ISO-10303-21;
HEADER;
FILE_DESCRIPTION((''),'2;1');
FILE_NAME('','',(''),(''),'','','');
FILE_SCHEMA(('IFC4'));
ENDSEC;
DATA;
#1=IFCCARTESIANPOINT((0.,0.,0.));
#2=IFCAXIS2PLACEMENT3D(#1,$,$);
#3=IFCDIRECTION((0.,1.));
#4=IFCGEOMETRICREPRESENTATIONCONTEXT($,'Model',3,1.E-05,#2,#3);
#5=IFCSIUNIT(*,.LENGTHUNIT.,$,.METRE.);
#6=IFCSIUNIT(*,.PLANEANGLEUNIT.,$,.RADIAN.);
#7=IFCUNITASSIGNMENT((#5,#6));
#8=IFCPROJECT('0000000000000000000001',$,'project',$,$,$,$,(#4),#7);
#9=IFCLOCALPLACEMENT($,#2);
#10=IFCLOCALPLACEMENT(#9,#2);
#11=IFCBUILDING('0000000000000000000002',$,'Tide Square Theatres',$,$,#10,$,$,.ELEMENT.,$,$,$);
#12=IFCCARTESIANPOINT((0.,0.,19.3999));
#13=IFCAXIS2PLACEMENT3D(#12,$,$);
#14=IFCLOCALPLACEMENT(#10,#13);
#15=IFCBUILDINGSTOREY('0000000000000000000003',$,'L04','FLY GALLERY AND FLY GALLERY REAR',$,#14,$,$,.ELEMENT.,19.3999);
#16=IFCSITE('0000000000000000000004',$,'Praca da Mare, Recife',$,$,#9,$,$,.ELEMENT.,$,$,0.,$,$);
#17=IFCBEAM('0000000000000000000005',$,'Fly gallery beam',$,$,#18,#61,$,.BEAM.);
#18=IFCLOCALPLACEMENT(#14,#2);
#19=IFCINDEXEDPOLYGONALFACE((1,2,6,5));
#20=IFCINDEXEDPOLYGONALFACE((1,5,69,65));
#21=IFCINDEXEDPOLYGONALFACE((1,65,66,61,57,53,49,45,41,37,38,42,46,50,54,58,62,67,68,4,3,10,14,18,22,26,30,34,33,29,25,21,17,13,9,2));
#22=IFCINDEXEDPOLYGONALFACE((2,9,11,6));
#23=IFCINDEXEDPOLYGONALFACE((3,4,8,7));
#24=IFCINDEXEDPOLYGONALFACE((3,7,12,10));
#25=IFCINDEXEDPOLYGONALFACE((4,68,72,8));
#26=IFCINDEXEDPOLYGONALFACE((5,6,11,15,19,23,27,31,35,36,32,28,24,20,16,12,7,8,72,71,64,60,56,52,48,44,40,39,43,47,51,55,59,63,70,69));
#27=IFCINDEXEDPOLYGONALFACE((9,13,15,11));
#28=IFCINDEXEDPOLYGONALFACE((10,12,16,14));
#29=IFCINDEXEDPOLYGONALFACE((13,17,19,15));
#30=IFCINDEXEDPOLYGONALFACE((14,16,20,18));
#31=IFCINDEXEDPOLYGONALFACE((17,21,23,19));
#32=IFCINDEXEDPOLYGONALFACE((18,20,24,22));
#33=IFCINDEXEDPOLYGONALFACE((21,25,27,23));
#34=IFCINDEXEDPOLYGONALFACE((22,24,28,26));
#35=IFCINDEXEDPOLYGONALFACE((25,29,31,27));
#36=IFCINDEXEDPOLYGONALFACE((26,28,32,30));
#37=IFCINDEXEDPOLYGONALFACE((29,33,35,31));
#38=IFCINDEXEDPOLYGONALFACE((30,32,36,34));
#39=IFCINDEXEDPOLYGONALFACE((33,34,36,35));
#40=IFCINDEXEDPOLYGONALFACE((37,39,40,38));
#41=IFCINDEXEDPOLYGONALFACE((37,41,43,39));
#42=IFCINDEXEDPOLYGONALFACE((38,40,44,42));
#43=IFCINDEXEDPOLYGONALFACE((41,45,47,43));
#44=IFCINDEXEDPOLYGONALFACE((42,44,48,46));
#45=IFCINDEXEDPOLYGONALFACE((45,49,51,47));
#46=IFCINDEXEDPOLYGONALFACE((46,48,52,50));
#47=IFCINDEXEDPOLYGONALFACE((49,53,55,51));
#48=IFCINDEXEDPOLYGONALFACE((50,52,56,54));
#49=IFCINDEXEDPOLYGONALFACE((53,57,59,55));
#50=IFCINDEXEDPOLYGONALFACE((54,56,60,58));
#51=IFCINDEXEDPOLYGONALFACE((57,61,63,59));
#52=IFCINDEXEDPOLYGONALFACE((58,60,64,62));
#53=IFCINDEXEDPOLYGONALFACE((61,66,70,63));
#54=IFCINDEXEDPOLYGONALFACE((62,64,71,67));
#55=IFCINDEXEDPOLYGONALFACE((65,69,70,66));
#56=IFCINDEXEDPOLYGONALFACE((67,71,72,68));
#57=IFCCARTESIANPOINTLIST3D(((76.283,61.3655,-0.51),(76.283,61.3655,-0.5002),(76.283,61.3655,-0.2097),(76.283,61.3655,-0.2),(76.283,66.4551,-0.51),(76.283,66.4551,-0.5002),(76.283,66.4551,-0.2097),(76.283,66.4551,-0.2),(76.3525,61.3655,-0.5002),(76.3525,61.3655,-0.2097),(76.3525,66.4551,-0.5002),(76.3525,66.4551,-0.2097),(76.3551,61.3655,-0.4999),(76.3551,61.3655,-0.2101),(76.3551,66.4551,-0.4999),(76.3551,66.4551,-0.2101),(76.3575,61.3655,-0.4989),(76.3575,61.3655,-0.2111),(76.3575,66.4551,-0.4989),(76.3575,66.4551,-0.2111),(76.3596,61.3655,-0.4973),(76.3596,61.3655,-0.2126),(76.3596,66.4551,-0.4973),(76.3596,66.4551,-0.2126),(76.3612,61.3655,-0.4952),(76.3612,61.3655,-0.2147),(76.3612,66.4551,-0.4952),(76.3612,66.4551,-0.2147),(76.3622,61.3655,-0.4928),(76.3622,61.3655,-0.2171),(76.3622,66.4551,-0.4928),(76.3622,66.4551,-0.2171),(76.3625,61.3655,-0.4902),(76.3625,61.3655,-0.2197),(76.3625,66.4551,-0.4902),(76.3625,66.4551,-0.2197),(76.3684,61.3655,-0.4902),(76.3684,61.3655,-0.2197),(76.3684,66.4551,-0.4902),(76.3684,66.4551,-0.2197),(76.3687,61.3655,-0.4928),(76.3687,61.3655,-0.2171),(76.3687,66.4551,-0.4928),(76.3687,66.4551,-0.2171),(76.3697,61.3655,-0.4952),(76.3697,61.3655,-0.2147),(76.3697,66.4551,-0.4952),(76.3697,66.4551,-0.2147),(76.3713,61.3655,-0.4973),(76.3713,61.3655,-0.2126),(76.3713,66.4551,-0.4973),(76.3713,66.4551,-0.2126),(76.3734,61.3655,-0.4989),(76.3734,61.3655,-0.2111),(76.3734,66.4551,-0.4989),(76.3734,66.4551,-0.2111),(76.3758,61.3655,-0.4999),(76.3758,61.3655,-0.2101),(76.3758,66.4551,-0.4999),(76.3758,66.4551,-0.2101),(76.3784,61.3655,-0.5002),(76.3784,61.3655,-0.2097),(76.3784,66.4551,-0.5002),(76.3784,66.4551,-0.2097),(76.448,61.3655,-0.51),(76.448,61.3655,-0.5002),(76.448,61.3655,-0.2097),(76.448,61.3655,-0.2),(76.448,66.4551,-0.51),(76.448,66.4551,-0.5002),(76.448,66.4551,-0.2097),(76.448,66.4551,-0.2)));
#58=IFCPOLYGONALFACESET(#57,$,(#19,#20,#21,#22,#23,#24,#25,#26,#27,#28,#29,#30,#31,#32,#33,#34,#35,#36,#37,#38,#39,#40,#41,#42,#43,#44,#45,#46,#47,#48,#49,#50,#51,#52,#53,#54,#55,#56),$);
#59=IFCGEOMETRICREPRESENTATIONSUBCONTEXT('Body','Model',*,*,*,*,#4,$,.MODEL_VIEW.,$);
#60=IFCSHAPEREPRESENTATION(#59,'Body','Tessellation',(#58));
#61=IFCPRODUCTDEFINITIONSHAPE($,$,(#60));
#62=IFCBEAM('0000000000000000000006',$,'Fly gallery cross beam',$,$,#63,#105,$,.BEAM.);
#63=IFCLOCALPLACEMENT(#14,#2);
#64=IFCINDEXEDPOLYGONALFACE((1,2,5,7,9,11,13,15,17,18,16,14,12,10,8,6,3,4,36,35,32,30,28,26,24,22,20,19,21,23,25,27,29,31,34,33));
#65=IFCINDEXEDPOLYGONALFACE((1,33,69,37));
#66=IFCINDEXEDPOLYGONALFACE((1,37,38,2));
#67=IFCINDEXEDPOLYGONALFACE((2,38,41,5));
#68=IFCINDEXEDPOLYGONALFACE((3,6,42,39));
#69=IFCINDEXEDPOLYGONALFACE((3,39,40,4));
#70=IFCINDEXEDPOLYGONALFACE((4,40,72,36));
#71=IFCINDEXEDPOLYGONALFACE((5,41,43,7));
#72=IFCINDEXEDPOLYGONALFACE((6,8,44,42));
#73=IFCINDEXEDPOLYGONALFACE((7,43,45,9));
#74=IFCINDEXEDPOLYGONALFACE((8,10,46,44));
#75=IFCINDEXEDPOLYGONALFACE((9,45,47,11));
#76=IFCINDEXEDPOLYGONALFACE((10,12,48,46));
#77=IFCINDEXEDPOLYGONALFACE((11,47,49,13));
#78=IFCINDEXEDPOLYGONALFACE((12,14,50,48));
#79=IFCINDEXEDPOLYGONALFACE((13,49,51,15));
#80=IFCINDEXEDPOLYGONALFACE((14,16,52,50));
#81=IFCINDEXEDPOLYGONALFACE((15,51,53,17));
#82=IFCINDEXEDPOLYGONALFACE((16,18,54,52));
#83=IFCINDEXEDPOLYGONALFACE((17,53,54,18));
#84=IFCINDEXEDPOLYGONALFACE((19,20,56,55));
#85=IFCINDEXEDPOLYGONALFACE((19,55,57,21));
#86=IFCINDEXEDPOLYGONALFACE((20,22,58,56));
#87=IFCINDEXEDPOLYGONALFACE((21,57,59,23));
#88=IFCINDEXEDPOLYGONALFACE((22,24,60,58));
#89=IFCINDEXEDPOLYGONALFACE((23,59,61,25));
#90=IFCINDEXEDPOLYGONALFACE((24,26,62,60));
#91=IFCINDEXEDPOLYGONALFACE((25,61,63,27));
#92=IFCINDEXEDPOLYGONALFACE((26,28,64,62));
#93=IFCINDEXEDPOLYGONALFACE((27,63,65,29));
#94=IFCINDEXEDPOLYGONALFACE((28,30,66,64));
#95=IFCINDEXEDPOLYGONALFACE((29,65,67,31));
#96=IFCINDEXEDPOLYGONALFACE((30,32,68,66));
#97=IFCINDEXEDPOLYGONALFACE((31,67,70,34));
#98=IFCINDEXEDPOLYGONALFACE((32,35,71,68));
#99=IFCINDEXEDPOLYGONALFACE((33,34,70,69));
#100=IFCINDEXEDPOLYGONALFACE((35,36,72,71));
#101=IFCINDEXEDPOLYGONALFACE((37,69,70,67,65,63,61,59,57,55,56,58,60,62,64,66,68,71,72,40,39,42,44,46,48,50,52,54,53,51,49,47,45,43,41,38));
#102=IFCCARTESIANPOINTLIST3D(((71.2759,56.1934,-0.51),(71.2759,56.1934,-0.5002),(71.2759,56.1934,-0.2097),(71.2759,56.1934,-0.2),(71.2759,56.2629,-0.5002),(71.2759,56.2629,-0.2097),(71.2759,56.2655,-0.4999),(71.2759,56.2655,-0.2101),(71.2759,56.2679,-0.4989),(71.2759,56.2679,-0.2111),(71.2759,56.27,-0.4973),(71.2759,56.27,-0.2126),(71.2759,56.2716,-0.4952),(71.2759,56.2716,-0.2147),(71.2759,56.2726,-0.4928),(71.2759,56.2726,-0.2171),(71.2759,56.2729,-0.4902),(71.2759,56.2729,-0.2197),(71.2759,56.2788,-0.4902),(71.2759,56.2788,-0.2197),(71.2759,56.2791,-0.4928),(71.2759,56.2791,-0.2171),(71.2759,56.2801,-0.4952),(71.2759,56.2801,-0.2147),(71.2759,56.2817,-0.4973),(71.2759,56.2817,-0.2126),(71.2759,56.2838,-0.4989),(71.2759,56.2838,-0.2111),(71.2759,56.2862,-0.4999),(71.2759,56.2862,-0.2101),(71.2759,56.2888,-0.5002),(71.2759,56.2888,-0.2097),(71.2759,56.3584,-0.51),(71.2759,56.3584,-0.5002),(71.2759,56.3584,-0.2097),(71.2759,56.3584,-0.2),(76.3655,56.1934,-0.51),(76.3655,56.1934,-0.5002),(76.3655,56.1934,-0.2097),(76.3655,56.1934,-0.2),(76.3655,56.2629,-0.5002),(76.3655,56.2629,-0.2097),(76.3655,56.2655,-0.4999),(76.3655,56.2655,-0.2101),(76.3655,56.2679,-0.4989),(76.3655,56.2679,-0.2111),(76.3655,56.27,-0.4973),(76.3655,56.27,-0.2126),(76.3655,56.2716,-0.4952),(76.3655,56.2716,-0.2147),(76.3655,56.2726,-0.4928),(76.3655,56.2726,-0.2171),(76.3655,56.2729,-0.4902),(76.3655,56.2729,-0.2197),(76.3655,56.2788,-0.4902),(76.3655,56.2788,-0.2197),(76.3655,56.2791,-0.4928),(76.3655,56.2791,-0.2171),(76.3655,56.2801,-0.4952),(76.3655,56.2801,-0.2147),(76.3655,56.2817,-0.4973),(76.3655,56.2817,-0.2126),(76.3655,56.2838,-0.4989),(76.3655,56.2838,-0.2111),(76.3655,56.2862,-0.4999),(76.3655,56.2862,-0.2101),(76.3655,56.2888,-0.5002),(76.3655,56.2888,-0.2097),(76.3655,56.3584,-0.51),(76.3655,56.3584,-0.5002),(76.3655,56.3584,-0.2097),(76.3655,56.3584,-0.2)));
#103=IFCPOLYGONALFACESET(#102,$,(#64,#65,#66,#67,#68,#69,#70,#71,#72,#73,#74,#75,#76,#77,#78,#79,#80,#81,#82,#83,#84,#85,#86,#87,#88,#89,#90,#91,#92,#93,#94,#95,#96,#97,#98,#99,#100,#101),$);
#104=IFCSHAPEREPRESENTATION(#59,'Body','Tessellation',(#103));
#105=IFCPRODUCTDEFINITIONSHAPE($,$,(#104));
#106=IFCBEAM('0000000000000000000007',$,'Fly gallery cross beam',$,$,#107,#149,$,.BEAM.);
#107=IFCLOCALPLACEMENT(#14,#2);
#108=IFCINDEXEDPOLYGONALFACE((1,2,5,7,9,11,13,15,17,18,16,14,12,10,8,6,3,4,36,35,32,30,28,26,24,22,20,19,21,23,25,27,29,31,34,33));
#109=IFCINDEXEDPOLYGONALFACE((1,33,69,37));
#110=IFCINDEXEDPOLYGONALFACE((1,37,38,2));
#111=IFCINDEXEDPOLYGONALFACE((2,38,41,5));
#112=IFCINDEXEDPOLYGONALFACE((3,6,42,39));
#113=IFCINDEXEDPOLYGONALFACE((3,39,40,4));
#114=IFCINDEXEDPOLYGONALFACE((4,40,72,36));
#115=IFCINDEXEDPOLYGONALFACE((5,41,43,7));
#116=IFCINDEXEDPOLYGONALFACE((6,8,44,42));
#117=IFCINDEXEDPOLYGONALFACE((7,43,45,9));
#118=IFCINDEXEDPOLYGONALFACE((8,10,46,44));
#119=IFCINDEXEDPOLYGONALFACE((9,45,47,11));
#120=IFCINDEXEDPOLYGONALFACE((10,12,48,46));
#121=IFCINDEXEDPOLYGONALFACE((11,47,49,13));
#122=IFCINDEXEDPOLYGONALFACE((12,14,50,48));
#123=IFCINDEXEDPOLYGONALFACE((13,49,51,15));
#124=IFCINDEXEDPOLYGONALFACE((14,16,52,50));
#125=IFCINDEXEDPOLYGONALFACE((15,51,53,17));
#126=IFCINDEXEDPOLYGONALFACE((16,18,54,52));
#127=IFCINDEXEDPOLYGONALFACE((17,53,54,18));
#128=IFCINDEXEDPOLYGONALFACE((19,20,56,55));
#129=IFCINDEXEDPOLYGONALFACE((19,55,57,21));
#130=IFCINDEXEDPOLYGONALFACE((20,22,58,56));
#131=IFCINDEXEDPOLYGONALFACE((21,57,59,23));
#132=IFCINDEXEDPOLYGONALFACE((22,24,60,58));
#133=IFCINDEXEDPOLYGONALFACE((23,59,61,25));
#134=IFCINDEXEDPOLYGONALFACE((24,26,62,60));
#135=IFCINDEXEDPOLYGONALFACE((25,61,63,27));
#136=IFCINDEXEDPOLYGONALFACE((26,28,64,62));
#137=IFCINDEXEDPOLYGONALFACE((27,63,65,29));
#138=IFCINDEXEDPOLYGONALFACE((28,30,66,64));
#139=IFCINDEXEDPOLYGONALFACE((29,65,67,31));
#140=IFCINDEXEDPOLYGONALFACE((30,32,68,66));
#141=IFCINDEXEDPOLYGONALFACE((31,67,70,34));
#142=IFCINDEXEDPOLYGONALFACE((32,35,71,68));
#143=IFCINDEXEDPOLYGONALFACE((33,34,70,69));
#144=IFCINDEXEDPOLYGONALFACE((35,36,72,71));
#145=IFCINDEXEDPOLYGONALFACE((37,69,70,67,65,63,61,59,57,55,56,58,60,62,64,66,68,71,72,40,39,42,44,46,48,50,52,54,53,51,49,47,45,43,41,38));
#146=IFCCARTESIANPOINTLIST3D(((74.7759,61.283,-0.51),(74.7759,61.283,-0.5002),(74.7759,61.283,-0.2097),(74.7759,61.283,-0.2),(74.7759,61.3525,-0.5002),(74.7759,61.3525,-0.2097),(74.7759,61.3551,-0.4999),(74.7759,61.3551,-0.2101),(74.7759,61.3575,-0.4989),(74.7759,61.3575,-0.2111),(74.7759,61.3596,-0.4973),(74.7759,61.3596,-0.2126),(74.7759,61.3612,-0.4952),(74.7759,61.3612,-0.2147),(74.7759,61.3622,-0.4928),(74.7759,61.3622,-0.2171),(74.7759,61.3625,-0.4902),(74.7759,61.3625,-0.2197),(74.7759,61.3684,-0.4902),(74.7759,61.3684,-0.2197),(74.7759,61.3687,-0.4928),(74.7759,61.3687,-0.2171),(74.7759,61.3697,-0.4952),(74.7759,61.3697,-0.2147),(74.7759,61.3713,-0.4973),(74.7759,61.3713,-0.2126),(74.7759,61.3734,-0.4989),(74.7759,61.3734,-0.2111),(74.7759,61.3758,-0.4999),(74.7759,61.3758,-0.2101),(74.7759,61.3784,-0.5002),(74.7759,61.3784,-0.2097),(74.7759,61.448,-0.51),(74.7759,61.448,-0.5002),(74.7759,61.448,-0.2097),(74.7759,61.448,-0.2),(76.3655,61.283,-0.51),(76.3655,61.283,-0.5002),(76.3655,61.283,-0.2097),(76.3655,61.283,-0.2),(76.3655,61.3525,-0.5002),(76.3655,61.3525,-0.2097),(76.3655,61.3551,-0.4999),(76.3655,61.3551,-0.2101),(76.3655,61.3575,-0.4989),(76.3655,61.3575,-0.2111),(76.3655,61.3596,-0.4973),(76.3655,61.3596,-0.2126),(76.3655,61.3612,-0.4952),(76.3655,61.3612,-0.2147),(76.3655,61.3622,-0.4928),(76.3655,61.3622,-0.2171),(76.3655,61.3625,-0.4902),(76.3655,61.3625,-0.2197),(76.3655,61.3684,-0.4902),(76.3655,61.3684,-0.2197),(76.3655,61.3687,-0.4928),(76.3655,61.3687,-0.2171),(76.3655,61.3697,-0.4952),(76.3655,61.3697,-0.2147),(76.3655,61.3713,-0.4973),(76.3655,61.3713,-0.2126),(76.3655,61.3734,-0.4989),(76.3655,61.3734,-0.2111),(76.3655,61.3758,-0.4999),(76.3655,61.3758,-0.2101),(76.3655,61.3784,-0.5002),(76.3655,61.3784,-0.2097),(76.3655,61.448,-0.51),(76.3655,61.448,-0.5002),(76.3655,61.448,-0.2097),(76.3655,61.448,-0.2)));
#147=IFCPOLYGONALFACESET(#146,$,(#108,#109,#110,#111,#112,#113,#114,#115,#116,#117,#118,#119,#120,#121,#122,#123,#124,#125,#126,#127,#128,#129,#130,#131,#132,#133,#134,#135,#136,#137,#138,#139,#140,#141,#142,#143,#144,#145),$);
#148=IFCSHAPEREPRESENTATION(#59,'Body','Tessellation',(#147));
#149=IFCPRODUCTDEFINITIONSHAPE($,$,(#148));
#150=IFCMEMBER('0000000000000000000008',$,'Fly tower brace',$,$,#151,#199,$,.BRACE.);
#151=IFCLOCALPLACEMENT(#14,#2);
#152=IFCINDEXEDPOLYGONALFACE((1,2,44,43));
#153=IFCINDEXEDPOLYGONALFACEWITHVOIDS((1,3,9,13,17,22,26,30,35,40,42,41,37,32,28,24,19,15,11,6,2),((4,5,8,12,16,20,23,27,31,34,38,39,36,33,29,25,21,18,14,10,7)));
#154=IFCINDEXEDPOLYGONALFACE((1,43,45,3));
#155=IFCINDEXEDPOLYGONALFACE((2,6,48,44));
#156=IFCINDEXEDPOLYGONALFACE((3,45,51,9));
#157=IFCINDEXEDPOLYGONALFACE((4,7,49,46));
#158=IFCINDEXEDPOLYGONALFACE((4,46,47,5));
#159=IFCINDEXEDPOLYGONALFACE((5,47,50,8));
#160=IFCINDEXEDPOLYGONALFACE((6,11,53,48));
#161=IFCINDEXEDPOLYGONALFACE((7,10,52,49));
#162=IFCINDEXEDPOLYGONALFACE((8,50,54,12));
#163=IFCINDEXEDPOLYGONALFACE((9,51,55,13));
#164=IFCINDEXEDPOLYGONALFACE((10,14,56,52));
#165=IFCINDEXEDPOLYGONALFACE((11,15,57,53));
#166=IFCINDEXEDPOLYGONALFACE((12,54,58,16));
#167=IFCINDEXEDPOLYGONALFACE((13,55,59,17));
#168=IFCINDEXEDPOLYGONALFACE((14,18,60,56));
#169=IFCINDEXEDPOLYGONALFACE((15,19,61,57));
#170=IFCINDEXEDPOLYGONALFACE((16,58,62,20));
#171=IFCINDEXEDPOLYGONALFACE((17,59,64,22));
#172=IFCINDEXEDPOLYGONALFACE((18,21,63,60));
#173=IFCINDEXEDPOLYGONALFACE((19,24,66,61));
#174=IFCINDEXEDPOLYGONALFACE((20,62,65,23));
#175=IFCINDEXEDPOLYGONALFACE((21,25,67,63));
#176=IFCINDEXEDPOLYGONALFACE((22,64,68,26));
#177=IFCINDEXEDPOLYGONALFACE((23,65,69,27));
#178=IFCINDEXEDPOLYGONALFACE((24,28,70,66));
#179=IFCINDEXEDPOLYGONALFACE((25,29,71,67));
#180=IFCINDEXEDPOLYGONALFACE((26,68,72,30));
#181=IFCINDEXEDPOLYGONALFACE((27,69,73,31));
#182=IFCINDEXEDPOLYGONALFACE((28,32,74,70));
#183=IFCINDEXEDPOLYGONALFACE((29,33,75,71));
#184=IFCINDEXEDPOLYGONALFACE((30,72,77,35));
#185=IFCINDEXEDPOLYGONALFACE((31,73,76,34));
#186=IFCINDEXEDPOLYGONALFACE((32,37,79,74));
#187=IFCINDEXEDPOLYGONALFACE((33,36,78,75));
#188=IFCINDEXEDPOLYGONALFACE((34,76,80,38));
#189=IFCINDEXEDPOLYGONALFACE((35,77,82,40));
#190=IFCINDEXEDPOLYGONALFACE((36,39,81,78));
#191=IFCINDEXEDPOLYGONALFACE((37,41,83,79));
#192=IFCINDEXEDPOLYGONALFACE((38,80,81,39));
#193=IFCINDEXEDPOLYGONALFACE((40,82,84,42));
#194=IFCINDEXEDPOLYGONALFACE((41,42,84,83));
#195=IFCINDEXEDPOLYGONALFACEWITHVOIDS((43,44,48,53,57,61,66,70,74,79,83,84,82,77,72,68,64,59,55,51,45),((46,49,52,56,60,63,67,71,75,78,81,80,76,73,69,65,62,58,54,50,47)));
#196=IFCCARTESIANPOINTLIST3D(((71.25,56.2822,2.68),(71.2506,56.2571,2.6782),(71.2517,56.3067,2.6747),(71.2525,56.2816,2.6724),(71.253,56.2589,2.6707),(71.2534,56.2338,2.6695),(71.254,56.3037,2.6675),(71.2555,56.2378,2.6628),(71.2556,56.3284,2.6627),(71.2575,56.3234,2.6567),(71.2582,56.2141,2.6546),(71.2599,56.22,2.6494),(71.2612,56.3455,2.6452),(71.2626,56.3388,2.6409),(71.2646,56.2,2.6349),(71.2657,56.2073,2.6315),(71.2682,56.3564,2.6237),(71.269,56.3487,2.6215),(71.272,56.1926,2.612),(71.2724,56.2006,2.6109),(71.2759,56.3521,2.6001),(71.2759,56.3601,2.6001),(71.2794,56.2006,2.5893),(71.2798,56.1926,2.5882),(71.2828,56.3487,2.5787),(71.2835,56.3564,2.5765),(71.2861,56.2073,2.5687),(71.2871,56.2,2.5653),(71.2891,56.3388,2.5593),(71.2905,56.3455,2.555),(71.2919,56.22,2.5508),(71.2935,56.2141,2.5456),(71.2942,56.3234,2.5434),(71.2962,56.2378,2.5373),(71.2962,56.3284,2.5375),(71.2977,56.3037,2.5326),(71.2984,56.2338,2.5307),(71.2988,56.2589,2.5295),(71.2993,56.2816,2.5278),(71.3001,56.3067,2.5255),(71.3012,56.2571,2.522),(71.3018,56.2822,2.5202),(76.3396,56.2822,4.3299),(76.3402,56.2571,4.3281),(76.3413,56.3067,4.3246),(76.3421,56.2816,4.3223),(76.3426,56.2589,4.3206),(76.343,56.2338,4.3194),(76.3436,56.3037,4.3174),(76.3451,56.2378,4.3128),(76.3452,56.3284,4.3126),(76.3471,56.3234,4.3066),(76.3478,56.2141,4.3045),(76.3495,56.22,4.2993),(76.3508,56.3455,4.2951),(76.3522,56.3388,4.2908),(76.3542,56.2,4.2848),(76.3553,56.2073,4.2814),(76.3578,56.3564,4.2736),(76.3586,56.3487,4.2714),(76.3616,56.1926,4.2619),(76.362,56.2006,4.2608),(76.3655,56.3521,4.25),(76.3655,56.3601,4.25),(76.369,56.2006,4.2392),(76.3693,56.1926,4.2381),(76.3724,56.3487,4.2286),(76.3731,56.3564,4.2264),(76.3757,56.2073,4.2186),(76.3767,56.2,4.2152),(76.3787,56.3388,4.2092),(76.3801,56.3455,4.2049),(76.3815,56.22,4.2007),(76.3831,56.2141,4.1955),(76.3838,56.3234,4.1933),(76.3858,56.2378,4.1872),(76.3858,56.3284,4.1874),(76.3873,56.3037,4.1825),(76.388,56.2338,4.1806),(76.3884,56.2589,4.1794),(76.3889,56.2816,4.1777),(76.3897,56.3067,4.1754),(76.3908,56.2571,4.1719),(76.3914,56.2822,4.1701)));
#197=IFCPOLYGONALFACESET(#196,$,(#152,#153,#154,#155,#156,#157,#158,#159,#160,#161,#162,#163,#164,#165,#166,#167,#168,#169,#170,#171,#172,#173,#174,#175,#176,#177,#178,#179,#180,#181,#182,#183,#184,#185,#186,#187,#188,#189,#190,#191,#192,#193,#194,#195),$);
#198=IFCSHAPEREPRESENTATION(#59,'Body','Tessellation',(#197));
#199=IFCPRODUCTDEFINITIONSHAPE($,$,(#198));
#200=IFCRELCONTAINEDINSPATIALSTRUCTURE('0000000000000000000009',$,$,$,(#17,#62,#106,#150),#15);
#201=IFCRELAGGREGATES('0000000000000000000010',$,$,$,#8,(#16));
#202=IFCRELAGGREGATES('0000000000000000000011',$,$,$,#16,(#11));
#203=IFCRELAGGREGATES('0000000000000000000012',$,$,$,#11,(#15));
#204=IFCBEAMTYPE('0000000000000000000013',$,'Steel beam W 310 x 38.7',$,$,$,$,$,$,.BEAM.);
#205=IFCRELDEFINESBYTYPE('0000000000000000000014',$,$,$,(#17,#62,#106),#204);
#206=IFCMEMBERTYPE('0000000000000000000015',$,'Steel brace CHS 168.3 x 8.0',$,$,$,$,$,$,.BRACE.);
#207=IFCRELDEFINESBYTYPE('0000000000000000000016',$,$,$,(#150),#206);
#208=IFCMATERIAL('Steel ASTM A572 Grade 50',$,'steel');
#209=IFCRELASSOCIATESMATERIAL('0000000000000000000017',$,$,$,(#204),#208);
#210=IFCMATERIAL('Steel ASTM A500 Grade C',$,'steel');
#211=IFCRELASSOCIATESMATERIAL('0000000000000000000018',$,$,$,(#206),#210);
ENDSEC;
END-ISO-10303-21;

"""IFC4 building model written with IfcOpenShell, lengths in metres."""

from ifc_helpers import new_model, si_unit, direction, frame, origin, origin_2d, place, context, subcontext, project, spatial, hollow_circle, i_section, extrude, material, material_profile, profile_set, type_object, element, save


model = new_model("IFC4")

# Units and contexts
model_context = context("Model", 3, precision=1e-05, world=origin(), true_north=direction((0.0, 1.0)))
body_context = subcontext(model_context, "Body", "Model", "MODEL_VIEW")
ifc_project = project(units=[si_unit("LENGTHUNIT", "METRE"), si_unit("PLANEANGLEUNIT", "RADIAN")], contexts=[model_context])

# Site, building, storey
site_placement = place(None, origin())
site = spatial("IfcSite", under=ifc_project, at=site_placement, Name="Praca da Mare, Recife", CompositionType="ELEMENT", RefElevation=0.0)
building_placement = place(site_placement, origin())
building = spatial("IfcBuilding", under=site, at=building_placement, Name="Tide Square Theatres", CompositionType="ELEMENT")
storey_placement = place(building_placement, frame((0.0, 0.0, 19.3999)))
storey = spatial("IfcBuildingStorey", under=building, at=storey_placement, Name="L04", Description="FLY GALLERY AND FLY GALLERY REAR", CompositionType="ELEMENT", Elevation=19.3999)

# Beams
ifc_material_1 = material(Name="Steel ASTM A572 Grade 50", Category="steel")
ifc_material_profile_1 = material_profile(ifc_material_1, i_section(OverallWidth=0.165, OverallDepth=0.3101, WebThickness=0.0059, FlangeThickness=0.0098, FilletRadius=0.01, at=origin_2d()))
ifc_profile_set_1 = profile_set([ifc_material_profile_1], Name="Steel ASTM A572 Grade 50")
beam_type_1 = type_object("IfcBeamType", Name="Steel beam W 310 x 38.7", PredefinedType="BEAM", material=ifc_profile_set_1)
for number, where, z_axis, x_axis, name in (
    (1, (76.3655, 61.3655, -0.355), (0.0, 1.0, 0.0), (-1.0, 0.0, 0.0), "Fly gallery beam"),
    (2, (71.2759, 56.2759, -0.355), (1.0, 0.0, 0.0), (0.0, 1.0, 0.0), "Fly gallery cross beam"),
):
    element("IfcBeam", number, at=place(storey_placement, frame(where, z_axis=z_axis, x_axis=x_axis)), inside=storey, type_object=beam_type_1, Name=name, PredefinedType="BEAM", context=body_context, shape_type="SweptSolid", body=[
        extrude(i_section(OverallWidth=0.165, OverallDepth=0.3101, WebThickness=0.0059, FlangeThickness=0.0098, FilletRadius=0.01, at=origin_2d()), origin(), (0.0, 0.0, 1.0), 5.0896),
    ])
beam_1_placement = place(storey_placement, frame((74.7759, 61.3655, -0.355), z_axis=(1.0, 0.0, 0.0), x_axis=(0.0, 1.0, 0.0)))
element("IfcBeam", 3, at=beam_1_placement, inside=storey, type_object=beam_type_1, Name="Fly gallery cross beam", PredefinedType="BEAM", context=body_context, shape_type="SweptSolid", body=[
    extrude(i_section(OverallWidth=0.165, OverallDepth=0.3101, WebThickness=0.0059, FlangeThickness=0.0098, FilletRadius=0.01, at=origin_2d()), origin(), (0.0, 0.0, 1.0), 1.5896),
])

# Member
ifc_material_2 = material(Name="Steel ASTM A500 Grade C", Category="steel")
ifc_material_profile_2 = material_profile(ifc_material_2, hollow_circle(Radius=0.0842, WallThickness=0.0081, at=origin_2d()))
ifc_profile_set_2 = profile_set([ifc_material_profile_2], Name="Steel ASTM A500 Grade C")
member_type = type_object("IfcMemberType", Name="Steel brace CHS 168.3 x 8.0", PredefinedType="BRACE", material=ifc_profile_set_2)
member_1_placement = place(storey_placement, frame((71.2759, 56.2759, 2.6001), z_axis=(0.951266, 0.0, 0.308373), x_axis=(0.0, 1.0, 0.0)))
element("IfcMember", 4, at=member_1_placement, inside=storey, type_object=member_type, Name="Fly tower brace", PredefinedType="BRACE", context=body_context, shape_type="SweptSolid", body=[
    extrude(hollow_circle(Radius=0.0842, WallThickness=0.0081, at=origin_2d()), origin(), (0.0, 0.0, 1.0), 5.3503),
])

save(model, "model.ifc")
